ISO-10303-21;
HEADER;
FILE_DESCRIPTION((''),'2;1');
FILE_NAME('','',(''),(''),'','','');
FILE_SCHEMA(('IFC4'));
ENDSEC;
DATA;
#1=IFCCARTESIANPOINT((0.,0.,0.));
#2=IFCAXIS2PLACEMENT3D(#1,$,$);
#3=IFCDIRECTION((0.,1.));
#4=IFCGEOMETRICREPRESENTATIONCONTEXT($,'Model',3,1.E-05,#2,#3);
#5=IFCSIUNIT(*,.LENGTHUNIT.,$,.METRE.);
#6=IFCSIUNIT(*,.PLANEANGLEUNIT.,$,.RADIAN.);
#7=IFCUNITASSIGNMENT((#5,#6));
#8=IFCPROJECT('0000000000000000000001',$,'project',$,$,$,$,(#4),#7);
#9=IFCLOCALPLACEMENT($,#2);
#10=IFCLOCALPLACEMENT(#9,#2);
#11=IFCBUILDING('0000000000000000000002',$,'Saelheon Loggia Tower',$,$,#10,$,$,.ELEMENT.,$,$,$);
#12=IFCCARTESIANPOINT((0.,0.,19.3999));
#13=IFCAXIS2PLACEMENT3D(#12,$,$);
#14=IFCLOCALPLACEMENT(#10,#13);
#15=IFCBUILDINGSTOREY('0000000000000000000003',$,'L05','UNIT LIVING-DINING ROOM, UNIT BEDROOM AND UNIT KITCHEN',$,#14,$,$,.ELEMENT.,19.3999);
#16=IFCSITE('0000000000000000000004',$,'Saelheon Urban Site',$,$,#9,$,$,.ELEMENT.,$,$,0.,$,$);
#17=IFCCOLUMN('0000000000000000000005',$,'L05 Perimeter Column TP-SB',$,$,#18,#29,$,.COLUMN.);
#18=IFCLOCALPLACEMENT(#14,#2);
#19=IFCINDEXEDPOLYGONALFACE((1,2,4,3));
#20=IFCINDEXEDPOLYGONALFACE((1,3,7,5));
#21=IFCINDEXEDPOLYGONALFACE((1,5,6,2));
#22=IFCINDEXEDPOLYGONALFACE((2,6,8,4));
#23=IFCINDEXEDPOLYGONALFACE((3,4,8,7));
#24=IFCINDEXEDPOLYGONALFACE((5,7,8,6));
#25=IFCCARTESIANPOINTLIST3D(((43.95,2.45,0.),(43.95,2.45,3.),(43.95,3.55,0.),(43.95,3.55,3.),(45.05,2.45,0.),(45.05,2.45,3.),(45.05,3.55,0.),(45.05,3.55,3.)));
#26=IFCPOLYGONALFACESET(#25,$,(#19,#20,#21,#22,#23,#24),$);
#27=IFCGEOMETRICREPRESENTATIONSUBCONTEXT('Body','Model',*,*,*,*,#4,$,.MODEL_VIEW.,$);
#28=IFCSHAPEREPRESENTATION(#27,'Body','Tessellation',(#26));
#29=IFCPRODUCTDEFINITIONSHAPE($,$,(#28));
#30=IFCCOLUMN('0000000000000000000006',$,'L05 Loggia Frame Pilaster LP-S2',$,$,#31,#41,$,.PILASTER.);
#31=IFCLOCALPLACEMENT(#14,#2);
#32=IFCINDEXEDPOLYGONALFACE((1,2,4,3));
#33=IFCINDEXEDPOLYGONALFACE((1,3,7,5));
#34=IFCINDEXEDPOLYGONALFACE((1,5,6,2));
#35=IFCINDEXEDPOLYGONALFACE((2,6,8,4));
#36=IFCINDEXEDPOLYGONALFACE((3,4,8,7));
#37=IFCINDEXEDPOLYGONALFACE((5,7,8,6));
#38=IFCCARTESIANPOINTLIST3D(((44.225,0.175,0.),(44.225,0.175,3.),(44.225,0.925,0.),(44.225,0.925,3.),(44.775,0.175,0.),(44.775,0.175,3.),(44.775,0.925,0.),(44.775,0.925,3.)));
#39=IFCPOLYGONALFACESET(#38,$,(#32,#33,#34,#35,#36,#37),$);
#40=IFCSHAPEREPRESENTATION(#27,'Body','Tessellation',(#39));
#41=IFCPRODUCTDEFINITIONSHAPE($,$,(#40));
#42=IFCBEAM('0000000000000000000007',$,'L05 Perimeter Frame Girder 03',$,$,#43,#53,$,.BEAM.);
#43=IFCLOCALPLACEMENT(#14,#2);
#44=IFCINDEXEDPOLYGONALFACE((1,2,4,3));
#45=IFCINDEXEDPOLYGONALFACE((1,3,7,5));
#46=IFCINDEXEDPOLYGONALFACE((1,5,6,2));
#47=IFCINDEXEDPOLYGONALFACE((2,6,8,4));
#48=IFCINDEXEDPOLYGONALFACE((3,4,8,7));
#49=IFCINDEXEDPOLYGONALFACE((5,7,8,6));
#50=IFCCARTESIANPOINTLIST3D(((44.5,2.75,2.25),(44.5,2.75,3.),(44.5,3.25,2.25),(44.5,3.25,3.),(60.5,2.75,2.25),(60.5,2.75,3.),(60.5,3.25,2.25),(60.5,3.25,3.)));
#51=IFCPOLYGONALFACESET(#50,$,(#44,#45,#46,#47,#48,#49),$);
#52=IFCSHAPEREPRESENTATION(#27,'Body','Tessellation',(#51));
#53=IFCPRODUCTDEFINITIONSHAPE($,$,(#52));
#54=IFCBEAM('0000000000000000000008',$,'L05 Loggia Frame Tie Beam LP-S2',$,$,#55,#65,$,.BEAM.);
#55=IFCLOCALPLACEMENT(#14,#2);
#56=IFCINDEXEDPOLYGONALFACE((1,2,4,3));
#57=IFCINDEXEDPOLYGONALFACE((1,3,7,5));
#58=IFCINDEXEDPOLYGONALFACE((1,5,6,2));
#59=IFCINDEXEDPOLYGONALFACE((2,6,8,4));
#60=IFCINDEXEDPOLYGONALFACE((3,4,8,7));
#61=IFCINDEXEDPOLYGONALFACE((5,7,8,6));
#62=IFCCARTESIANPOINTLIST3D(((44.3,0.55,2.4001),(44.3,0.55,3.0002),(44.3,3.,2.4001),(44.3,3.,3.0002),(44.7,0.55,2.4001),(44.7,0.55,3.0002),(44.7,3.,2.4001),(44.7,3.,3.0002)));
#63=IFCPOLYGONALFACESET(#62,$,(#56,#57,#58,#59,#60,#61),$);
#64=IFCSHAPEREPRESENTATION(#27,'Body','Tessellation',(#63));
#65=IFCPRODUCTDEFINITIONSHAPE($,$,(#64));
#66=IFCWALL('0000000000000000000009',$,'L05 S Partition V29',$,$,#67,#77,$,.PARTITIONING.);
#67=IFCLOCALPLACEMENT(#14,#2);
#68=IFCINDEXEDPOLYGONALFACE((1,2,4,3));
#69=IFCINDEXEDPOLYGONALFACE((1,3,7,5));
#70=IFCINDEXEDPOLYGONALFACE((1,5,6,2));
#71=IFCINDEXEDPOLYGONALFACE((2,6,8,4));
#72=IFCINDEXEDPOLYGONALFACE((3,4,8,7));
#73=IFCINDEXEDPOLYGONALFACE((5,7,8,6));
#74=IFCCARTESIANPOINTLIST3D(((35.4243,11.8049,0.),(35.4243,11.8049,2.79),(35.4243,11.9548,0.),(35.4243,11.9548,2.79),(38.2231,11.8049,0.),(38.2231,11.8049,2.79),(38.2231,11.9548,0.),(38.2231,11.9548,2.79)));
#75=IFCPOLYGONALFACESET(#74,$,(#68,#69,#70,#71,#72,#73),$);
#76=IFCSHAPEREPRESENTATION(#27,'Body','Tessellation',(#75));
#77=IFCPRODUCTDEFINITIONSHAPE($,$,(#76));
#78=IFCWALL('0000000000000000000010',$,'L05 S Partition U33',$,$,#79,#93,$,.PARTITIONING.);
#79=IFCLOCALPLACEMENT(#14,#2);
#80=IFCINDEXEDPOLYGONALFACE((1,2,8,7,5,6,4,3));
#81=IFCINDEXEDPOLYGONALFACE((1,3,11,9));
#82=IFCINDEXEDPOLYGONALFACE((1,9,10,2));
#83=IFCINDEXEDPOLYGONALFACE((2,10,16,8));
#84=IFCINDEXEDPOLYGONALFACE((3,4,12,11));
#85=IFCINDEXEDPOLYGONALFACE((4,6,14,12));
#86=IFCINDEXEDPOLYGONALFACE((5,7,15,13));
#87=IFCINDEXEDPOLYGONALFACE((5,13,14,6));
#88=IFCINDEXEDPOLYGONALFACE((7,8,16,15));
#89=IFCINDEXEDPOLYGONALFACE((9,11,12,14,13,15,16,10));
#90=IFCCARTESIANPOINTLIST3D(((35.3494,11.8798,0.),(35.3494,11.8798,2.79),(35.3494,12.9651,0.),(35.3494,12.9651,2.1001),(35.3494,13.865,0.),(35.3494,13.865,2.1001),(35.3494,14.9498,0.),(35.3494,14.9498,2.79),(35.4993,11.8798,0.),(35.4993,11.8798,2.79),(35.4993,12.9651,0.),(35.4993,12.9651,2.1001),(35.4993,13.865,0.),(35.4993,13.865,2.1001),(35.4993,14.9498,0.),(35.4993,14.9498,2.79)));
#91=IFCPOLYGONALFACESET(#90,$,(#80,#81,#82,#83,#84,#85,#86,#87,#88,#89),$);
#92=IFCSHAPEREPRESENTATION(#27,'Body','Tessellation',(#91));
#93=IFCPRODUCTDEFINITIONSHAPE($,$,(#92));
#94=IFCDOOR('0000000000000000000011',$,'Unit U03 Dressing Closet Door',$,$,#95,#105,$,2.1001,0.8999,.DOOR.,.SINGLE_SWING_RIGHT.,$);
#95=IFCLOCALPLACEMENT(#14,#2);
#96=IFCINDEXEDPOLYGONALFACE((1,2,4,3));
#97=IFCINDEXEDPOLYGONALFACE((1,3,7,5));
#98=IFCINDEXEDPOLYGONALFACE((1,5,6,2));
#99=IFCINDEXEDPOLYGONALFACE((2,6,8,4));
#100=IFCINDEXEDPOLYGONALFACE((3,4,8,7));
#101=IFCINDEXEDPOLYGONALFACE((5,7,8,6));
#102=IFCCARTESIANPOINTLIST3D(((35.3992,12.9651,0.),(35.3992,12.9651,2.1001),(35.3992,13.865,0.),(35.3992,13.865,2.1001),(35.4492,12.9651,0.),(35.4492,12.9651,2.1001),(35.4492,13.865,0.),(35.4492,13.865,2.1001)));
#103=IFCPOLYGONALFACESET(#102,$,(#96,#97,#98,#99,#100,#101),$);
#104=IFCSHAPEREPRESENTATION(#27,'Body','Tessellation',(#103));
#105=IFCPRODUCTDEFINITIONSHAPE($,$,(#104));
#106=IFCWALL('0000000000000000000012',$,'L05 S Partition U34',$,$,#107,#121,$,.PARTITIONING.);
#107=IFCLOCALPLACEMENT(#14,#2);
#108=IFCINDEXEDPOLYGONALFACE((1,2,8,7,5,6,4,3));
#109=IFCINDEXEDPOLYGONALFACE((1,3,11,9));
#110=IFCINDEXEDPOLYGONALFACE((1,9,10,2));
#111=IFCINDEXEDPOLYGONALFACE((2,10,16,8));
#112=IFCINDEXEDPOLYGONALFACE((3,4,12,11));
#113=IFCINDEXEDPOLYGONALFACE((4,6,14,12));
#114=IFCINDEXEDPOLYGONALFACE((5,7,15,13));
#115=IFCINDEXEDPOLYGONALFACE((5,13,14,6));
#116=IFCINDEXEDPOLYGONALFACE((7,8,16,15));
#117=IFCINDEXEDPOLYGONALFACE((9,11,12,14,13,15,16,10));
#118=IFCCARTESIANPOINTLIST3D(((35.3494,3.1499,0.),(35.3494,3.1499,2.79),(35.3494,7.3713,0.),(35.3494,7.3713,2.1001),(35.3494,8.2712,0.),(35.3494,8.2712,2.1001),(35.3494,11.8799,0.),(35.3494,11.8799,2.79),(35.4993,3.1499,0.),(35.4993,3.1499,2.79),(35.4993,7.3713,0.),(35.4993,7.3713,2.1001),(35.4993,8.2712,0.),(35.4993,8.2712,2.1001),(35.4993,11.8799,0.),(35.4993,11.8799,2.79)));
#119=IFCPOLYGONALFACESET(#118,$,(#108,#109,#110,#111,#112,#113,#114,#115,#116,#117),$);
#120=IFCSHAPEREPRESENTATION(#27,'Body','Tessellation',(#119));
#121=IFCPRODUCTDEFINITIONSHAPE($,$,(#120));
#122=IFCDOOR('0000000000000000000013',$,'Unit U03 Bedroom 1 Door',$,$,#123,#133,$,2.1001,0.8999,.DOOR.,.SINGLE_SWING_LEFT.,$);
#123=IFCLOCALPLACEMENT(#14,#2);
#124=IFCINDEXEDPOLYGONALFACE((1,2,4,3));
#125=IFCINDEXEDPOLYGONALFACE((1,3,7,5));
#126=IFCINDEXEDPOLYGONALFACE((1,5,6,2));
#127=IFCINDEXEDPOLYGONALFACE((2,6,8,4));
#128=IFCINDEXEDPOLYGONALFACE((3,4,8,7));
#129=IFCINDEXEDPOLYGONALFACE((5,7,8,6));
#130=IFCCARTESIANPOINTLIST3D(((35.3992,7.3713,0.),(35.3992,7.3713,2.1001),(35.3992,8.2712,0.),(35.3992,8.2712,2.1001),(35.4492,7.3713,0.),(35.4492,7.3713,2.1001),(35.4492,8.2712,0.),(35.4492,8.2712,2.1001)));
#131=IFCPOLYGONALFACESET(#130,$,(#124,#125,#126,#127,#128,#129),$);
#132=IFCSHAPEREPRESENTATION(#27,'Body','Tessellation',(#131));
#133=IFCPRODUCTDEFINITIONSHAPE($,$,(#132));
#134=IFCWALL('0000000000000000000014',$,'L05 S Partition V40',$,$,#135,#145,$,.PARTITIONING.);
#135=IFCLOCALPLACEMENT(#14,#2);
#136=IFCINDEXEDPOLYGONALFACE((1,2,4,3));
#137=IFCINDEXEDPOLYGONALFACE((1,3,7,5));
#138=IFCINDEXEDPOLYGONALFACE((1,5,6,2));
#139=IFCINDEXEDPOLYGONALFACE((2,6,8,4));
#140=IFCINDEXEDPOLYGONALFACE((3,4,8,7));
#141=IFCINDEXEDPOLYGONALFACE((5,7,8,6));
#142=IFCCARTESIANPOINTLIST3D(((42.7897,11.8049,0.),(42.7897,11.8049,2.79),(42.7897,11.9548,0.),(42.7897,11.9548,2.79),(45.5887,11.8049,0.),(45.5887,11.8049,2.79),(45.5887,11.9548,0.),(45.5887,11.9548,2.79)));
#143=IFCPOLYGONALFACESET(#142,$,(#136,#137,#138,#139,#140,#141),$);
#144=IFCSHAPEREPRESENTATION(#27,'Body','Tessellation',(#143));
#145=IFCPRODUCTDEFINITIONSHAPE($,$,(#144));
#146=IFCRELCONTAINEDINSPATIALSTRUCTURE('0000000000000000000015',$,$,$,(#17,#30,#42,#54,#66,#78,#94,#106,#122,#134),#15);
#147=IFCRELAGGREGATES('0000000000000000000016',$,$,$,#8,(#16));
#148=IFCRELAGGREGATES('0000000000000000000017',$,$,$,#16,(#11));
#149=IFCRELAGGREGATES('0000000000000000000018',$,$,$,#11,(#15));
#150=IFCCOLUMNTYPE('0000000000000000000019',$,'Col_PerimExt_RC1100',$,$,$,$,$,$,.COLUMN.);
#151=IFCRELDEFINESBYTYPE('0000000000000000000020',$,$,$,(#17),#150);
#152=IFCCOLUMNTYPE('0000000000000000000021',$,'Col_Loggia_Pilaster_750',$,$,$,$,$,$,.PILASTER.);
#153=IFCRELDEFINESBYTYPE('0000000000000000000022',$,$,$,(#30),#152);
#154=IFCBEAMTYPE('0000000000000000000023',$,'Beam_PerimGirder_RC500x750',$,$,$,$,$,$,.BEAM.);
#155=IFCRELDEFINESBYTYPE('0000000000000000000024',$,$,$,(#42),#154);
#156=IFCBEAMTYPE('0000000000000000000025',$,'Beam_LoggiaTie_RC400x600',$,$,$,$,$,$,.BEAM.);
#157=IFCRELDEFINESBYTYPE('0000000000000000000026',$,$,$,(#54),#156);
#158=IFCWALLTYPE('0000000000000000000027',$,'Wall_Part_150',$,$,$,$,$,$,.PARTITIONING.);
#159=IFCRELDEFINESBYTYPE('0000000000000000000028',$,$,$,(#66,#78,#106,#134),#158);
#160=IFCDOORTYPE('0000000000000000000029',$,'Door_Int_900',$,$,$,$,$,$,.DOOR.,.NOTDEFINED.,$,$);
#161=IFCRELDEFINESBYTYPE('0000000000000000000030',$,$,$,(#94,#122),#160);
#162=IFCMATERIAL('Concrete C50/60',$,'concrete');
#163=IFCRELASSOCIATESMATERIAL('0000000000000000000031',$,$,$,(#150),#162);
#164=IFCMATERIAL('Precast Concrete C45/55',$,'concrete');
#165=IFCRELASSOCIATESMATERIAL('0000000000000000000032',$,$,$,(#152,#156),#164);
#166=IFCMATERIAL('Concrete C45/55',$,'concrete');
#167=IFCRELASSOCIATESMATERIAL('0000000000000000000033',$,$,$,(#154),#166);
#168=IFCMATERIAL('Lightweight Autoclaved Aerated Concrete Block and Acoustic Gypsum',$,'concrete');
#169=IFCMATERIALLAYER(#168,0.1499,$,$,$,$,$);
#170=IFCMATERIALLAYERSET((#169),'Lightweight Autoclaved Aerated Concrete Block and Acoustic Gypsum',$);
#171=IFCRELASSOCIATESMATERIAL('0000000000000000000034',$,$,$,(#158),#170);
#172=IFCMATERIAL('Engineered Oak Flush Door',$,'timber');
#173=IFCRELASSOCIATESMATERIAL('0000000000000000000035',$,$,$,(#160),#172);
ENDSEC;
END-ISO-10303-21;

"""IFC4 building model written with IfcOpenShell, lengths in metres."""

from ifc_helpers import new_model, si_unit, direction, frame, frame_2d, origin, origin_2d, place, context, subcontext, project, spatial, rectangle, extrude, source, transform, mapped, material, layer, layer_set, material_profile, profile_set, type_object, element, fill, save


model = new_model("IFC4")

# Units and contexts
model_context = context("Model", 3, precision=1e-05, world=origin(), true_north=direction((0.0, 1.0)))
body_context = subcontext(model_context, "Body", "Model", "MODEL_VIEW")
ifc_project = project(units=[si_unit("LENGTHUNIT", "METRE"), si_unit("PLANEANGLEUNIT", "RADIAN")], contexts=[model_context])

# Site, building, storey
site_placement = place(None, origin())
site = spatial("IfcSite", under=ifc_project, at=site_placement, Name="Saelheon Urban Site", CompositionType="ELEMENT", RefElevation=0.0)
building_placement = place(site_placement, origin())
building = spatial("IfcBuilding", under=site, at=building_placement, Name="Saelheon Loggia Tower", CompositionType="ELEMENT")
storey_placement = place(building_placement, frame((0.0, 0.0, 19.3999)))
storey = spatial("IfcBuildingStorey", under=building, at=storey_placement, Name="L05", Description="UNIT LIVING-DINING ROOM, UNIT BEDROOM AND UNIT KITCHEN", CompositionType="ELEMENT", Elevation=19.3999)

# Columns
ifc_material_1 = material(Name="Concrete C50/60", Category="concrete")
ifc_material_profile_1 = material_profile(ifc_material_1, rectangle(XDim=1.1001, YDim=1.1001, at=origin_2d()), Name="RC-1100x1100")
ifc_profile_set_1 = profile_set([ifc_material_profile_1], Name="Concrete C50/60")
column_type_1 = type_object("IfcColumnType", Name="Col_PerimExt_RC1100", PredefinedType="COLUMN", material=ifc_profile_set_1)
shared_shape_1 = source(origin(), body_context, "Body", "SweptSolid", [
    extrude(rectangle(XDim=1.1001, YDim=1.1001, at=origin_2d()), origin(), (0.0, 0.0, 1.0), 3.0),
])
column_1_placement = place(storey_placement, frame((44.5, 3.0, 0.0), z_axis=(0.0, 0.0, 1.0), x_axis=(1.0, 0.0, 0.0)))
element("IfcColumn", 1, at=column_1_placement, inside=storey, type_object=column_type_1, Name="L05 Perimeter Column TP-SB", PredefinedType="COLUMN", context=body_context, shape_type="MappedRepresentation", body=[
    mapped(shared_shape_1, transform((0.0, 0.0, 0.0), scale=1.0)),
])
ifc_material_2 = material(Name="Precast Concrete C45/55", Category="concrete")
ifc_material_profile_2 = material_profile(ifc_material_2, rectangle(XDim=0.55, YDim=0.75, at=origin_2d()), Name="RC-550x750")
ifc_profile_set_2 = profile_set([ifc_material_profile_2], Name="Precast Concrete C45/55")
column_type_2 = type_object("IfcColumnType", Name="Col_Loggia_Pilaster_750", PredefinedType="PILASTER", material=ifc_profile_set_2)
shared_shape_2 = source(origin(), body_context, "Body", "SweptSolid", [
    extrude(rectangle(XDim=0.55, YDim=0.75, at=origin_2d()), origin(), (0.0, 0.0, 1.0), 3.0),
])
column_2_placement = place(storey_placement, frame((44.5, 0.55, 0.0), z_axis=(0.0, 0.0, 1.0), x_axis=(1.0, 0.0, 0.0)))
element("IfcColumn", 2, at=column_2_placement, inside=storey, type_object=column_type_2, Name="L05 Loggia Frame Pilaster LP-S2", PredefinedType="PILASTER", context=body_context, shape_type="MappedRepresentation", body=[
    mapped(shared_shape_2, transform((0.0, 0.0, 0.0), scale=1.0)),
])

# Beams
ifc_material_3 = material(Name="Concrete C45/55", Category="concrete")
ifc_material_profile_3 = material_profile(ifc_material_3, rectangle(XDim=0.5, YDim=0.75, at=origin_2d()), Name="RC-500x750")
ifc_profile_set_3 = profile_set([ifc_material_profile_3], Name="Concrete C45/55")
beam_type_1 = type_object("IfcBeamType", Name="Beam_PerimGirder_RC500x750", PredefinedType="BEAM", material=ifc_profile_set_3)
shared_shape_3 = source(origin(), body_context, "Body", "SweptSolid", [
    extrude(rectangle(XDim=0.5, YDim=0.75, at=origin_2d()), origin(), (0.0, 0.0, 1.0), 16.0),
])
beam_1_placement = place(storey_placement, frame((44.5, 3.0, 2.625), z_axis=(1.0, 0.0, 0.0), x_axis=(0.0, 1.0, 0.0)))
element("IfcBeam", 3, at=beam_1_placement, inside=storey, type_object=beam_type_1, Name="L05 Perimeter Frame Girder 03", PredefinedType="BEAM", context=body_context, shape_type="MappedRepresentation", body=[
    mapped(shared_shape_3, transform((0.0, 0.0, 0.0), scale=1.0)),
])
ifc_material_profile_4 = material_profile(ifc_material_2, rectangle(XDim=0.3999, YDim=0.6001, at=origin_2d()), Name="RC-400x600")
ifc_profile_set_4 = profile_set([ifc_material_profile_4], Name="Precast Concrete C45/55")
beam_type_2 = type_object("IfcBeamType", Name="Beam_LoggiaTie_RC400x600", PredefinedType="BEAM", material=ifc_profile_set_4)
shared_shape_4 = source(origin(), body_context, "Body", "SweptSolid", [
    extrude(rectangle(XDim=0.3999, YDim=0.6001, at=origin_2d()), origin(), (0.0, 0.0, 1.0), 2.45),
])
beam_2_placement = place(storey_placement, frame((44.5, 3.0, 2.7002), z_axis=(0.0, -1.0, 0.0), x_axis=(1.0, 0.0, 0.0)))
element("IfcBeam", 4, at=beam_2_placement, inside=storey, type_object=beam_type_2, Name="L05 Loggia Frame Tie Beam LP-S2", PredefinedType="BEAM", context=body_context, shape_type="MappedRepresentation", body=[
    mapped(shared_shape_4, transform((0.0, 0.0, 0.0), scale=1.0)),
])

# Wall
ifc_material_4 = material(Name="Lightweight Autoclaved Aerated Concrete Block and Acoustic Gypsum", Category="concrete")
ifc_layer_1 = layer(ifc_material_4, 0.1499)
ifc_layer_set_1 = layer_set([ifc_layer_1], Name="Lightweight Autoclaved Aerated Concrete Block and Acoustic Gypsum")
wall_type_1 = type_object("IfcWallType", Name="Wall_Part_150", PredefinedType="PARTITIONING", material=ifc_layer_set_1)
wall_1_placement = place(storey_placement, frame((35.4243, 11.8799, 0.0), z_axis=(0.0, 0.0, 1.0), x_axis=(1.0, 0.0, 0.0)))
element("IfcWall", 5, at=wall_1_placement, inside=storey, type_object=wall_type_1, Name="L05 S Partition V29", PredefinedType="PARTITIONING", context=body_context, shape_type="SweptSolid", body=[
    extrude(rectangle(XDim=2.7988, YDim=0.1499, at=frame_2d((1.3994, 0.0))), origin(), (0.0, 0.0, 1.0), 2.79),
])

# Walls, openings, doors
wall_2_placement = place(storey_placement, frame((35.4243, 14.95, 0.0), z_axis=(0.0, 0.0, 1.0), x_axis=(0.0, -1.0, 0.0)))
wall_2 = element("IfcWall", 6, at=wall_2_placement, inside=storey, type_object=wall_type_1, Name="L05 S Partition U33", PredefinedType="PARTITIONING", context=body_context, shape_type="SweptSolid", body=[
    extrude(rectangle(XDim=3.0701, YDim=0.1499, at=frame_2d((1.5352, 0.0))), origin(), (0.0, 0.0, 1.0), 2.79),
])
opening_1_placement = place(wall_2_placement, frame((1.085, 0.0, 0.0)))
opening_1 = element("IfcOpeningElement", 7, at=opening_1_placement, cuts=wall_2, PredefinedType="OPENING", context=body_context, shape_type="SweptSolid", body=[
    extrude(rectangle(XDim=0.8999, YDim=2.1001, at=frame_2d((0.45, 1.05))), frame((0.0, 0.0869, 0.0), z_axis=(0.0, -1.0, 0.0), x_axis=(1.0, 0.0, 0.0)), (0.0, 0.0, 1.0), 0.1738),
])
ifc_material_5 = material(Name="Engineered Oak Flush Door", Category="timber")
door_type_1 = type_object("IfcDoorType", Name="Door_Int_900", OperationType="NOTDEFINED", PredefinedType="DOOR", material=ifc_material_5)
shared_shape_5 = source(origin(), body_context, "Body", "SweptSolid", [
    extrude(rectangle(XDim=0.8999, YDim=2.1001, at=frame_2d((0.45, 1.05))), frame((0.0, 0.0249, 0.0), z_axis=(0.0, -1.0, 0.0), x_axis=(1.0, 0.0, 0.0)), (0.0, 0.0, 1.0), 0.05),
])
door_1_placement = place(opening_1_placement, origin())
door_1 = element("IfcDoor", 8, at=door_1_placement, inside=storey, type_object=door_type_1, Name="Unit U03 Dressing Closet Door", OperationType="SINGLE_SWING_RIGHT", OverallHeight=2.1001, OverallWidth=0.8999, PredefinedType="DOOR", context=body_context, shape_type="MappedRepresentation", body=[
    mapped(shared_shape_5, transform((0.0, 0.0, 0.0), scale=1.0)),
])
fill(opening_1, door_1)
wall_3_placement = place(storey_placement, frame((35.4243, 11.8799, 0.0), z_axis=(0.0, 0.0, 1.0), x_axis=(0.0, -1.0, 0.0)))
wall_3 = element("IfcWall", 9, at=wall_3_placement, inside=storey, type_object=wall_type_1, Name="L05 S Partition U34", PredefinedType="PARTITIONING", context=body_context, shape_type="SweptSolid", body=[
    extrude(rectangle(XDim=8.73, YDim=0.1499, at=frame_2d((4.365, 0.0))), origin(), (0.0, 0.0, 1.0), 2.79),
])
opening_2_placement = place(wall_3_placement, frame((3.6086, 0.0, 0.0)))
opening_2 = element("IfcOpeningElement", 10, at=opening_2_placement, cuts=wall_3, PredefinedType="OPENING", context=body_context, shape_type="SweptSolid", body=[
    extrude(rectangle(XDim=0.8999, YDim=2.1001, at=frame_2d((0.45, 1.05))), frame((0.0, 0.0869, 0.0), z_axis=(0.0, -1.0, 0.0), x_axis=(1.0, 0.0, 0.0)), (0.0, 0.0, 1.0), 0.1738),
])
door_2_placement = place(opening_2_placement, origin())
door_2 = element("IfcDoor", 11, at=door_2_placement, inside=storey, type_object=door_type_1, Name="Unit U03 Bedroom 1 Door", OperationType="SINGLE_SWING_LEFT", OverallHeight=2.1001, OverallWidth=0.8999, PredefinedType="DOOR", context=body_context, shape_type="MappedRepresentation", body=[
    mapped(shared_shape_5, transform((0.0, 0.0, 0.0), scale=1.0)),
])
fill(opening_2, door_2)

# Wall
wall_4_placement = place(storey_placement, frame((42.7898, 11.8799, 0.0), z_axis=(0.0, 0.0, 1.0), x_axis=(1.0, 0.0, 0.0)))
element("IfcWall", 12, at=wall_4_placement, inside=storey, type_object=wall_type_1, Name="L05 S Partition V40", PredefinedType="PARTITIONING", context=body_context, shape_type="SweptSolid", body=[
    extrude(rectangle(XDim=2.7991, YDim=0.1499, at=frame_2d((1.3994, 0.0))), origin(), (0.0, 0.0, 1.0), 2.79),
])

save(model, "model.ifc")
